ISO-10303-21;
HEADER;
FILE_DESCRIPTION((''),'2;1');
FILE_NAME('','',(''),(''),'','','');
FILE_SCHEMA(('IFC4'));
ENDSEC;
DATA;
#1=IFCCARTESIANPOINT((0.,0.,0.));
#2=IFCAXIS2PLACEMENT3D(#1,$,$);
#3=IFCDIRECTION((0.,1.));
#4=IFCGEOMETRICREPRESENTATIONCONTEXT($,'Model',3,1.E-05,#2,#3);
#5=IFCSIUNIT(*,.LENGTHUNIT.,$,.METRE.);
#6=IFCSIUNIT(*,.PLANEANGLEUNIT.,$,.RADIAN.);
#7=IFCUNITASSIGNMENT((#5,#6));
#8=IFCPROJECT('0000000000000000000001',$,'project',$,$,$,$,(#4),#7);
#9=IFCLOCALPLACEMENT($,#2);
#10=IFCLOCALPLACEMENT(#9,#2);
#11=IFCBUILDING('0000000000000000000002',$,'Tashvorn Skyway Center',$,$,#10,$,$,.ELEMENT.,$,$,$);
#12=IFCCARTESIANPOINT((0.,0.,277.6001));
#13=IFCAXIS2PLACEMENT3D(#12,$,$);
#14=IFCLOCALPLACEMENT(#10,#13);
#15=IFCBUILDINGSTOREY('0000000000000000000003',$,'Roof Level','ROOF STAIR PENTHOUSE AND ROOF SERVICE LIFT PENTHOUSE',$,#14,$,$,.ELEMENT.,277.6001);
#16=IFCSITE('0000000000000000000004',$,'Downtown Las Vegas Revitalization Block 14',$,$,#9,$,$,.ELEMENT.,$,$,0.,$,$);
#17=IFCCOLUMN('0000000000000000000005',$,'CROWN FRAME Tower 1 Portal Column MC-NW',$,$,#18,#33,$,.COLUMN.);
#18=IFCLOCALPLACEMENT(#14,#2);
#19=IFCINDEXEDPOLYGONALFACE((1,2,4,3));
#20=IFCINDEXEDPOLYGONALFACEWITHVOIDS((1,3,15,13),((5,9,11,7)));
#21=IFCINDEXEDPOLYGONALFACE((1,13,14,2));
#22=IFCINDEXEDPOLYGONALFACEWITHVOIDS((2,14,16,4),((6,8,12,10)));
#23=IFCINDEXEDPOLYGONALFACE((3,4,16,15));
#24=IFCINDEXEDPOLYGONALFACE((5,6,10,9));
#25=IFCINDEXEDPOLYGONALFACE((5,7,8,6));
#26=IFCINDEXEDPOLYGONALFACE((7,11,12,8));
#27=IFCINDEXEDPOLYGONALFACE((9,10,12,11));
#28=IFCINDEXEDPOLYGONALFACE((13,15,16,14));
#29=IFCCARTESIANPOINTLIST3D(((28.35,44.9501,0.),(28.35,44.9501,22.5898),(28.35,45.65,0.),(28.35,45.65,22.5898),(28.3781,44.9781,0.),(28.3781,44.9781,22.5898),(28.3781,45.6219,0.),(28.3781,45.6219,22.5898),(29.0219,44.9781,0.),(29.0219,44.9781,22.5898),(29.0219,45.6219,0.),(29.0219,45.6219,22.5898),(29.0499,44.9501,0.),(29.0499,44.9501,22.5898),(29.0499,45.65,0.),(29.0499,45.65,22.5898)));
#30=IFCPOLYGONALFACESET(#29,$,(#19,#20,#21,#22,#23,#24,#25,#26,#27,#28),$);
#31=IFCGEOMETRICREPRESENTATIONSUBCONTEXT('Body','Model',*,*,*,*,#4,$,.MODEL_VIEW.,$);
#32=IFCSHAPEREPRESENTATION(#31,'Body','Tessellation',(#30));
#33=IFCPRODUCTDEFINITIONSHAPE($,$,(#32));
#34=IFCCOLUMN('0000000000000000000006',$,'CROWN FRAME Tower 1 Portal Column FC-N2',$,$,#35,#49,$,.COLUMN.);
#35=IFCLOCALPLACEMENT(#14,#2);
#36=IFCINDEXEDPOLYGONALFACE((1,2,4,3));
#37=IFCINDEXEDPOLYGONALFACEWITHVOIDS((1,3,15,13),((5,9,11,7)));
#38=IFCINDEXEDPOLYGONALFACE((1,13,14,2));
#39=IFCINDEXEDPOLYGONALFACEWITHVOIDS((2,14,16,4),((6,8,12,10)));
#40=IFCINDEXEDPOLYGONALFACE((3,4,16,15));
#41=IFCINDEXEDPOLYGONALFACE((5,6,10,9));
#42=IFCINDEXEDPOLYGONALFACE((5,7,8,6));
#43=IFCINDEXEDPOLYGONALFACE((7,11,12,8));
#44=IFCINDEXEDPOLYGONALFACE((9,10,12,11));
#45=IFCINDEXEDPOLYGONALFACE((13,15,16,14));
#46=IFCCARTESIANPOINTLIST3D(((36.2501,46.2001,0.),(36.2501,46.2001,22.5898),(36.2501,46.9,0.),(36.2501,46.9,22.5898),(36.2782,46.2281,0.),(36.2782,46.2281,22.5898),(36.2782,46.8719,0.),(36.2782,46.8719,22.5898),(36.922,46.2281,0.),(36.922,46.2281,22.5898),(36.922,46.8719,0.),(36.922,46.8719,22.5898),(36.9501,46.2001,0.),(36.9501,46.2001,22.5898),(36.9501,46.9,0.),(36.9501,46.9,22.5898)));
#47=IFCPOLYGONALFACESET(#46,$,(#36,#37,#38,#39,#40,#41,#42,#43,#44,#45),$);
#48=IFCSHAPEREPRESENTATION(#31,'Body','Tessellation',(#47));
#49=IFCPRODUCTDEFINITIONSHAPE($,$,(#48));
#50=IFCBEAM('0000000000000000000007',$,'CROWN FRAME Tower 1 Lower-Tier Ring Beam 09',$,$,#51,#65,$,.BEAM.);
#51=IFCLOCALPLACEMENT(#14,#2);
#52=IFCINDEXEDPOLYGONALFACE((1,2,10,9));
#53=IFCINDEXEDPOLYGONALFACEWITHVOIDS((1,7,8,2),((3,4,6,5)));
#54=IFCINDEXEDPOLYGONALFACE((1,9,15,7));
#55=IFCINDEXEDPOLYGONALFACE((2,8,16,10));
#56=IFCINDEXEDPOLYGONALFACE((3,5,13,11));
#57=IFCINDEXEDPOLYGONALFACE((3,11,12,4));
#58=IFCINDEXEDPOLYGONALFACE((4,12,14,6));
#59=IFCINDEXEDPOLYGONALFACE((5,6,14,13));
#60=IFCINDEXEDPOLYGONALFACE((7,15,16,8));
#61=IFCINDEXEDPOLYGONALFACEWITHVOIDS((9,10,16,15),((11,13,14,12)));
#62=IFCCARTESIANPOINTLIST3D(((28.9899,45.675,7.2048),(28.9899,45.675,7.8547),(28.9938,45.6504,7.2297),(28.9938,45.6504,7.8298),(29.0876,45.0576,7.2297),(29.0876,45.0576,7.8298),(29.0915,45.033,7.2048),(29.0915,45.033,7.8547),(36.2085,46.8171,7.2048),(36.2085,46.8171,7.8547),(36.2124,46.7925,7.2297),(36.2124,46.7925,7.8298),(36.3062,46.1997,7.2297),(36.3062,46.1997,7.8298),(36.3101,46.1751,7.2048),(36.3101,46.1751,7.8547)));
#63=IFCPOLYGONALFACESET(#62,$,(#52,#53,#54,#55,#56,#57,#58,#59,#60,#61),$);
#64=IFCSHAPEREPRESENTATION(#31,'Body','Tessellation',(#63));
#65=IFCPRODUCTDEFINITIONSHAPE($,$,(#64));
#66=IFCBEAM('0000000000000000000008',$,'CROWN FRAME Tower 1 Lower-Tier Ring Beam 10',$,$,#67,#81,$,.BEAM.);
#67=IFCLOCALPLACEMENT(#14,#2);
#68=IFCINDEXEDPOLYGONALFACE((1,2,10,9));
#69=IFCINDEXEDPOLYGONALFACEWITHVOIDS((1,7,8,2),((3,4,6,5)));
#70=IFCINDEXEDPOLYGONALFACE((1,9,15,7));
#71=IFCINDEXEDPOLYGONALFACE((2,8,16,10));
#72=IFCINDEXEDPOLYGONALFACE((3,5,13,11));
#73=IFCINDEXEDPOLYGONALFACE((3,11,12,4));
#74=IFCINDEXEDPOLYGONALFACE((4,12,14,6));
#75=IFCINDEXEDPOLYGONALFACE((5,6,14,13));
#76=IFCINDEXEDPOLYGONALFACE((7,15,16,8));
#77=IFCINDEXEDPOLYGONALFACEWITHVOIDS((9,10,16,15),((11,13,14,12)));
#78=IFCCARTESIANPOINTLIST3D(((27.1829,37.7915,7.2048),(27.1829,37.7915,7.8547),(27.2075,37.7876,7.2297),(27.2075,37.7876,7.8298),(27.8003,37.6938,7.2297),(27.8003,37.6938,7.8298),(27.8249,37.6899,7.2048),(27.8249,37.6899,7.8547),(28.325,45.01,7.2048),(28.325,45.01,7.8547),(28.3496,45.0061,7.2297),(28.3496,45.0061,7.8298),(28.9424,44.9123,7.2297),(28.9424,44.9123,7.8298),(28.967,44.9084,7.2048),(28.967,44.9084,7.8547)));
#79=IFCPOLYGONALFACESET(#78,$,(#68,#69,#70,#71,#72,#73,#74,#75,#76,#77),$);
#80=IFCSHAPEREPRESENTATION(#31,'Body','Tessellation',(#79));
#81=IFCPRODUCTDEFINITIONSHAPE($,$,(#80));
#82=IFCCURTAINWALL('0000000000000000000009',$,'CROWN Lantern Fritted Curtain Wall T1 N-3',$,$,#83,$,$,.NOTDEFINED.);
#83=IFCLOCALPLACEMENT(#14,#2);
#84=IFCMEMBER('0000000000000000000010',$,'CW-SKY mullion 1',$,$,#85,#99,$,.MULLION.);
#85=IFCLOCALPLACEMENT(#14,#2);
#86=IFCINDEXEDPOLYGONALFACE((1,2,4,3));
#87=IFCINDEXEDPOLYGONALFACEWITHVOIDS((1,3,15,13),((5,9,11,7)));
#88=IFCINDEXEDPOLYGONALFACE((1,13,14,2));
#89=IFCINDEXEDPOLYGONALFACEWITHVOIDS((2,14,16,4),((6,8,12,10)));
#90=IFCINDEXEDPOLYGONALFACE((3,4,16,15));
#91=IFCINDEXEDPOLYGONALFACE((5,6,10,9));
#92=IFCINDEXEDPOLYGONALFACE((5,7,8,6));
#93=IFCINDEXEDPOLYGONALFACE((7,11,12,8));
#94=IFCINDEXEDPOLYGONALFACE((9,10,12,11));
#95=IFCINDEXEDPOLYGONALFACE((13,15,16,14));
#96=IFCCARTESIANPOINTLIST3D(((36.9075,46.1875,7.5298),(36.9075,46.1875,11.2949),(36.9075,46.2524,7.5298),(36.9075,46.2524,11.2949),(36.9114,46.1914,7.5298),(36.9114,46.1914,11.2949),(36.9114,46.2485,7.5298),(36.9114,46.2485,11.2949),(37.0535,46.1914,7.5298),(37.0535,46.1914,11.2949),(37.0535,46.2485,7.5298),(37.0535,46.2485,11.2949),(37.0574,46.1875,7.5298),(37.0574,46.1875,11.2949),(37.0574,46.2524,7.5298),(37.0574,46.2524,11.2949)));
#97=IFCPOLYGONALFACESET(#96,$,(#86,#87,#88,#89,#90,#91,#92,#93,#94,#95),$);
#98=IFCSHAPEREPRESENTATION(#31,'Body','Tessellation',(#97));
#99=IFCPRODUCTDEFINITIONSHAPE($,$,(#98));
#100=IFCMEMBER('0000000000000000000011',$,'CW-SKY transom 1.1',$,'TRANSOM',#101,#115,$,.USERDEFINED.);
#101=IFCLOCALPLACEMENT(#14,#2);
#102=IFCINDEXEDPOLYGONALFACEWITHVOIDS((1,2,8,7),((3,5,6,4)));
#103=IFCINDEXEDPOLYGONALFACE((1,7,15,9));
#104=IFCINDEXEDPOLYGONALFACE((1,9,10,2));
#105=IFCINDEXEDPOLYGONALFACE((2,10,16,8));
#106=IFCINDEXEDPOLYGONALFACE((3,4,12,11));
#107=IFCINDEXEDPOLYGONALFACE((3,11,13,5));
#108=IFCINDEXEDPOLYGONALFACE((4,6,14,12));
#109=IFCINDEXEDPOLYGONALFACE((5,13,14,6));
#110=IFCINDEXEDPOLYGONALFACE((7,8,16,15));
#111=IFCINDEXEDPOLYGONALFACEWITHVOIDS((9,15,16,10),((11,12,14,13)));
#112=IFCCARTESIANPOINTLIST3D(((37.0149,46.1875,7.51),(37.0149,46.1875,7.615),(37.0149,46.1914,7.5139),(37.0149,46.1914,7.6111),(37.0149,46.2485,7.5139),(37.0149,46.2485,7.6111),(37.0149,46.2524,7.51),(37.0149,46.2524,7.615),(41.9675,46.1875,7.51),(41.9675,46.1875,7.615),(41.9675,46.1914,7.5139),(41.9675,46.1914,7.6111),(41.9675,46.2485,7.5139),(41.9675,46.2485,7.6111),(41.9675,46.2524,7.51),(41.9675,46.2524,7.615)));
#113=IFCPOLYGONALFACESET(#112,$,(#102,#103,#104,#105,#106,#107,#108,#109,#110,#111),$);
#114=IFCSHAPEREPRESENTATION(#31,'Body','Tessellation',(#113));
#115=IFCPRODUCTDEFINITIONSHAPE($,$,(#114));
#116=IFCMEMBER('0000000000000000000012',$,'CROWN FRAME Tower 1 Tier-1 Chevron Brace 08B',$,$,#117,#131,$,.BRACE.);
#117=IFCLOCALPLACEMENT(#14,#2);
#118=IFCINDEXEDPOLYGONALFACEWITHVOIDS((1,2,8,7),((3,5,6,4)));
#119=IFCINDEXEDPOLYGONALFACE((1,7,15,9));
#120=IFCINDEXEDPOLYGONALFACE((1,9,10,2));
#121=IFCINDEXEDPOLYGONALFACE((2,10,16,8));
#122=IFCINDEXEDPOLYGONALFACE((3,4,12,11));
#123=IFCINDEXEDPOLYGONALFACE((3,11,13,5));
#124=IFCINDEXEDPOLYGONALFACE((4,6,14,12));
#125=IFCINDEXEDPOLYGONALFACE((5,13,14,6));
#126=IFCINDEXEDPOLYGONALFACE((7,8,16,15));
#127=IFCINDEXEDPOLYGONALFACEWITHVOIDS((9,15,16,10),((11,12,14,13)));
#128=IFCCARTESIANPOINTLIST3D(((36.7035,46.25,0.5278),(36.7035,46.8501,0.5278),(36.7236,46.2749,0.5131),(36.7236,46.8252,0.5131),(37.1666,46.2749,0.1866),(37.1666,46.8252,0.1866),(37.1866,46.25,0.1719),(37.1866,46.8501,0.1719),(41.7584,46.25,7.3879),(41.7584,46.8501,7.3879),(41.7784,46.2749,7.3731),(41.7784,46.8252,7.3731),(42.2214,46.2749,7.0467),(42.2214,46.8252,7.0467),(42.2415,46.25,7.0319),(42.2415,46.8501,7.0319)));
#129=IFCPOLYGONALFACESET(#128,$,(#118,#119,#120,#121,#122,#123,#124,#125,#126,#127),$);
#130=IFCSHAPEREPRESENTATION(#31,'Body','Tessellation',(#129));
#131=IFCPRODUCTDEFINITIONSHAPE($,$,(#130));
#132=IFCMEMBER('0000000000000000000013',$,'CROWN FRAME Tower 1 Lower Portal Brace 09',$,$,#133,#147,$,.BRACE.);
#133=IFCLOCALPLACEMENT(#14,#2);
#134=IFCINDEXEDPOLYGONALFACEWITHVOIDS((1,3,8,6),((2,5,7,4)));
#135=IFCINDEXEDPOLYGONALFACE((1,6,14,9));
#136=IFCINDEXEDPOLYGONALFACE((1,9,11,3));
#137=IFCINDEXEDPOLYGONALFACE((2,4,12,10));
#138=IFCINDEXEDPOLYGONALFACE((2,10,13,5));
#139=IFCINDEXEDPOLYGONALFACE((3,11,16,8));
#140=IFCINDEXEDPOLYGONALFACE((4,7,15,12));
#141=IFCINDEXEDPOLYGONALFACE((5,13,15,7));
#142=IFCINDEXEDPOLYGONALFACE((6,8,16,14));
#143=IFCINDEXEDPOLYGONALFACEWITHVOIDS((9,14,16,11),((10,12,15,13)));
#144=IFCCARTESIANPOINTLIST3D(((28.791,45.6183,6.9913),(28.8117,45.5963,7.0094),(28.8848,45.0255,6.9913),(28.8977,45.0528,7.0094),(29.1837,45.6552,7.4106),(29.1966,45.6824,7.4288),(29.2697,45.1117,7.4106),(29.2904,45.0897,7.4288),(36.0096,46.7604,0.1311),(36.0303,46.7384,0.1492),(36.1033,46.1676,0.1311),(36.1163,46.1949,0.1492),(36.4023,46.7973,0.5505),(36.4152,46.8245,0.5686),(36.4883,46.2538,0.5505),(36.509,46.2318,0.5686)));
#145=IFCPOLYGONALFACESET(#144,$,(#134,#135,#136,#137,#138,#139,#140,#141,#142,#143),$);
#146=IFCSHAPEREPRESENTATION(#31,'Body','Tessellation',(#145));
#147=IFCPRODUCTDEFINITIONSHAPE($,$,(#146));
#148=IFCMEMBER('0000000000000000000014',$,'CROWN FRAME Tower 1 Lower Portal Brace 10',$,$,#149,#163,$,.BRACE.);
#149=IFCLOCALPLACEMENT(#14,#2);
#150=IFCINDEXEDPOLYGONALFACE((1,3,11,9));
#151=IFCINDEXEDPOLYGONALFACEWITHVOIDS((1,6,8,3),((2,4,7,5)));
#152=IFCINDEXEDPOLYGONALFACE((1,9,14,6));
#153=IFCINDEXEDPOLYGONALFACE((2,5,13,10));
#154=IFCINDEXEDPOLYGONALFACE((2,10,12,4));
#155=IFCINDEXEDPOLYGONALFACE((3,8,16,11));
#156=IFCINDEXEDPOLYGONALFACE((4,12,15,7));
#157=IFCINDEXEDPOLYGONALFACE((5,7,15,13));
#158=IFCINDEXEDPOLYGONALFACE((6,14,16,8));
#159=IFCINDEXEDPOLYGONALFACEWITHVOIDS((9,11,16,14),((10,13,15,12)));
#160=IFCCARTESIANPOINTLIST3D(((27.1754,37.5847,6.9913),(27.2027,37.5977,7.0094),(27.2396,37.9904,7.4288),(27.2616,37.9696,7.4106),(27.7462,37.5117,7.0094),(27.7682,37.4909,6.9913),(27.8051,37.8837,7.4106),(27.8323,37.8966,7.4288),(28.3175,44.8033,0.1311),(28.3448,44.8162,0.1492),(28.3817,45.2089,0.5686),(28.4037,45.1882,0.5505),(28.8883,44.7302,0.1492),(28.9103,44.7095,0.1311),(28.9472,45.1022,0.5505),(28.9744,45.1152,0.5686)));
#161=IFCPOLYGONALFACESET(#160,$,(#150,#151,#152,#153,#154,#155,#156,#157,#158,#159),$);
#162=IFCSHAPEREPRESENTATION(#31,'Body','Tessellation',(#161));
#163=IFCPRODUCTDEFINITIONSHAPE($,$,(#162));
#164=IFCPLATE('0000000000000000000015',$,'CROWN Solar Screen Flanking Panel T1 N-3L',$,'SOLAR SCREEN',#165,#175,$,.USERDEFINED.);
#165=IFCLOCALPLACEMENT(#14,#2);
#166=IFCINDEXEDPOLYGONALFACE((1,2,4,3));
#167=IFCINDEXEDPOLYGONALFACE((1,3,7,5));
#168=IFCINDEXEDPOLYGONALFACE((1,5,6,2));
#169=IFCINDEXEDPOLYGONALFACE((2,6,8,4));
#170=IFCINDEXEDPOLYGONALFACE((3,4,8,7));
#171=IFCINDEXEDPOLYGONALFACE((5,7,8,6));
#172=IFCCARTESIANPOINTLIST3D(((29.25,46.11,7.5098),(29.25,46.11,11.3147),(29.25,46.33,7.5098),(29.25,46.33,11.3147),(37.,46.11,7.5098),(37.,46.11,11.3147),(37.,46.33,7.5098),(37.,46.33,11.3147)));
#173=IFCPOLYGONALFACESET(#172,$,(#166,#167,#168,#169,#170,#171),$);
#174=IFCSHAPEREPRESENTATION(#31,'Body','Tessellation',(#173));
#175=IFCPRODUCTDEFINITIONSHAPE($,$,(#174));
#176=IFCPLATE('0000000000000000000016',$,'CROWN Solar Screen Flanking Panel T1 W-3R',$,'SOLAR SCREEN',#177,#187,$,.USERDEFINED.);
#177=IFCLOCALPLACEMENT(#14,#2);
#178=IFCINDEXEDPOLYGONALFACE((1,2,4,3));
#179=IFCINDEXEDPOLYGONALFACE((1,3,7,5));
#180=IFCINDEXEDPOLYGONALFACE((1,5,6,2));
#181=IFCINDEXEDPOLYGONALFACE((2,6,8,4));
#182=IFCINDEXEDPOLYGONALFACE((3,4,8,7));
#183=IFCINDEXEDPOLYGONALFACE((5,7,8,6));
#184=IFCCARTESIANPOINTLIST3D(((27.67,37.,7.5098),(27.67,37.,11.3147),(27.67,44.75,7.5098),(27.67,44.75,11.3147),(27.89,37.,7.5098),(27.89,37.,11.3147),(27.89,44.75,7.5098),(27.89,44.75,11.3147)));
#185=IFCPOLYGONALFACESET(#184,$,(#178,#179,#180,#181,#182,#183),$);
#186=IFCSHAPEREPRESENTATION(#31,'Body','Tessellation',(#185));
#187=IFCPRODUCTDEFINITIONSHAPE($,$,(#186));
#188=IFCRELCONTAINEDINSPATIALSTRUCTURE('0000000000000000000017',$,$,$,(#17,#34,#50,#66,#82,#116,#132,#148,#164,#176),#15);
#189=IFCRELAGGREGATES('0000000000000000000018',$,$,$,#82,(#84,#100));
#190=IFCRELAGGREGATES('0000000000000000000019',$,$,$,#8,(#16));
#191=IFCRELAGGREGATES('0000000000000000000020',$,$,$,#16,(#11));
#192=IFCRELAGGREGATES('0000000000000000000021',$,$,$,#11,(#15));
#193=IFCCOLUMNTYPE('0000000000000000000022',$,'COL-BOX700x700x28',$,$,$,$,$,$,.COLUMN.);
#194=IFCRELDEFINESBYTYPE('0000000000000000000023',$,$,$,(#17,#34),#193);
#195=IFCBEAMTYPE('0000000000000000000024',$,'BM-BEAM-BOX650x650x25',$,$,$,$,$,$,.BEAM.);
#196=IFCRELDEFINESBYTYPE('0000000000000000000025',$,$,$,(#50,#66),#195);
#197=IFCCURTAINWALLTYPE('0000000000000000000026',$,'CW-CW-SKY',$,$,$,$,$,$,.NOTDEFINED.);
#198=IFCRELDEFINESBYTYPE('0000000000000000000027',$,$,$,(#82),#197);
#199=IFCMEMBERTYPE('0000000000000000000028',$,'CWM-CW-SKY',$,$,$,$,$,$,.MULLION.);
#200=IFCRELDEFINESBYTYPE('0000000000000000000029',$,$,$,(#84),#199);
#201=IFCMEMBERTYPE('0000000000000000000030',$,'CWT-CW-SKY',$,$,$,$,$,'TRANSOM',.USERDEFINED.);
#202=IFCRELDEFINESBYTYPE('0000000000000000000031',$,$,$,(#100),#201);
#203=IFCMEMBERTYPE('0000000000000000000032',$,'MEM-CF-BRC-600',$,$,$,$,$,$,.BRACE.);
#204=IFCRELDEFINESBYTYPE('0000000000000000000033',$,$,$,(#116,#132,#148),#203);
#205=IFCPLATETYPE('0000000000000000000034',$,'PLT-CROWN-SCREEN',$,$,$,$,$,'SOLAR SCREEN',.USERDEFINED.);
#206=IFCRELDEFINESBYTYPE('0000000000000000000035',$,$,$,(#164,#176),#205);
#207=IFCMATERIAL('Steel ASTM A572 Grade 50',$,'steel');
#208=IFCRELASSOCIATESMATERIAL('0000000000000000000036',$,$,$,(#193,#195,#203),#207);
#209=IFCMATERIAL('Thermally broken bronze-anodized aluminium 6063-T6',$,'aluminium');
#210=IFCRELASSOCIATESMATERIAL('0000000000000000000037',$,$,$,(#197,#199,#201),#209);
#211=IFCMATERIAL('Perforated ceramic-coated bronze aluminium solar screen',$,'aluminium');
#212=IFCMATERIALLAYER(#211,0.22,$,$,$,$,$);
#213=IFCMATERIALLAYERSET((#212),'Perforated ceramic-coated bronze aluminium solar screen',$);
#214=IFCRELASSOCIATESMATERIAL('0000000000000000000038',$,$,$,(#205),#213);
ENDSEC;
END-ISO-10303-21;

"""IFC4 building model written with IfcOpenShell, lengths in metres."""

from ifc_helpers import new_model, si_unit, direction, frame, origin, origin_2d, place, context, subcontext, project, spatial, rectangle, hollow_rectangle, extrude, material, layer, layer_set, material_profile, profile_set, type_object, element, aggregate, save


model = new_model("IFC4")

# Units and contexts
model_context = context("Model", 3, precision=1e-05, world=origin(), true_north=direction((0.0, 1.0)))
body_context = subcontext(model_context, "Body", "Model", "MODEL_VIEW")
ifc_project = project(units=[si_unit("LENGTHUNIT", "METRE"), si_unit("PLANEANGLEUNIT", "RADIAN")], contexts=[model_context])

# Site, building, storey
site_placement = place(None, origin())
site = spatial("IfcSite", under=ifc_project, at=site_placement, Name="Downtown Las Vegas Revitalization Block 14", CompositionType="ELEMENT", RefElevation=0.0)
building_placement = place(site_placement, origin())
building = spatial("IfcBuilding", under=site, at=building_placement, Name="Tashvorn Skyway Center", CompositionType="ELEMENT")
storey_placement = place(building_placement, frame((0.0, 0.0, 277.6001)))
storey = spatial("IfcBuildingStorey", under=building, at=storey_placement, Name="Roof Level", Description="ROOF STAIR PENTHOUSE AND ROOF SERVICE LIFT PENTHOUSE", CompositionType="ELEMENT", Elevation=277.6001)

# Columns
ifc_material_1 = material(Name="Steel ASTM A572 Grade 50", Category="steel")
ifc_material_profile_1 = material_profile(ifc_material_1, hollow_rectangle(XDim=0.7, YDim=0.7, WallThickness=0.0281, at=origin_2d()), Name="BOX700x700x28")
ifc_profile_set_1 = profile_set([ifc_material_profile_1], Name="Steel ASTM A572 Grade 50")
column_type = type_object("IfcColumnType", Name="COL-BOX700x700x28", PredefinedType="COLUMN", material=ifc_profile_set_1)
for number, where, z_axis, x_axis, name in (
    (1, (28.7, 45.3, 0.0), (0.0, 0.0, 1.0), (1.0, 0.0, 0.0), "CROWN FRAME Tower 1 Portal Column MC-NW"),
    (2, (36.6001, 46.55, 0.0), (0.0, 0.0, 1.0), (1.0, 0.0, 0.0), "CROWN FRAME Tower 1 Portal Column FC-N2"),
):
    element("IfcColumn", number, at=place(storey_placement, frame(where, z_axis=z_axis, x_axis=x_axis)), inside=storey, type_object=column_type, Name=name, PredefinedType="COLUMN", context=body_context, shape_type="SweptSolid", body=[
        extrude(hollow_rectangle(XDim=0.7, YDim=0.7, WallThickness=0.0281, at=origin_2d()), origin(), (0.0, 0.0, 1.0), 22.5898),
    ])

# Beams
ifc_material_profile_2 = material_profile(ifc_material_1, hollow_rectangle(XDim=0.6499, YDim=0.6499, WallThickness=0.0249, at=origin_2d()), Name="BOX650x650x25")
ifc_profile_set_2 = profile_set([ifc_material_profile_2], Name="Steel ASTM A572 Grade 50")
beam_type = type_object("IfcBeamType", Name="BM-BEAM-BOX650x650x25", PredefinedType="BEAM", material=ifc_profile_set_2)
for number, where, z_axis, x_axis, name in (
    (3, (36.2593, 46.4961, 7.5298), (-0.987714, -0.156273, 0.0), (0.156273, -0.987714, 0.0), "CROWN FRAME Tower 1 Lower-Tier Ring Beam 09"),
    (4, (28.646, 44.9592, 7.5298), (-0.156273, -0.987714, 0.0), (0.987714, -0.156273, 0.0), "CROWN FRAME Tower 1 Lower-Tier Ring Beam 10"),
):
    element("IfcBeam", number, at=place(storey_placement, frame(where, z_axis=z_axis, x_axis=x_axis)), inside=storey, type_object=beam_type, Name=name, PredefinedType="BEAM", context=body_context, shape_type="SweptSolid", body=[
        extrude(hollow_rectangle(XDim=0.6499, YDim=0.6499, WallThickness=0.0249, at=origin_2d()), origin(), (0.0, 0.0, 1.0), 7.3083),
    ])

# Curtain wall, members
ifc_material_2 = material(Name="Thermally broken bronze-anodized aluminium 6063-T6", Category="aluminium")
curtain_wall_type = type_object("IfcCurtainWallType", Name="CW-CW-SKY", PredefinedType="NOTDEFINED", material=ifc_material_2)
curtain_wall_placement = place(storey_placement, origin())
curtain_wall = element("IfcCurtainWall", 5, at=curtain_wall_placement, inside=storey, type_object=curtain_wall_type, Name="CROWN Lantern Fritted Curtain Wall T1 N-3", PredefinedType="NOTDEFINED")
ifc_material_profile_3 = material_profile(ifc_material_2, hollow_rectangle(XDim=0.0649, YDim=0.1499, WallThickness=0.0039, at=origin_2d()), Name="ALU-MULL-65x150")
ifc_profile_set_3 = profile_set([ifc_material_profile_3], Name="Thermally broken bronze-anodized aluminium 6063-T6")
member_type_1 = type_object("IfcMemberType", Name="CWM-CW-SKY", PredefinedType="MULLION", material=ifc_profile_set_3)
member_1_placement = place(storey_placement, frame((36.9824, 46.22, 7.5298), z_axis=(0.0, 0.0, 1.0), x_axis=(0.0, 1.0, 0.0)))
member_1 = element("IfcMember", 6, at=member_1_placement, type_object=member_type_1, Name="CW-SKY mullion 1", PredefinedType="MULLION", context=body_context, shape_type="SweptSolid", body=[
    extrude(hollow_rectangle(XDim=0.0649, YDim=0.1499, WallThickness=0.0039, at=origin_2d()), origin(), (0.0, 0.0, 1.0), 3.7651),
])
ifc_material_profile_4 = material_profile(ifc_material_2, hollow_rectangle(XDim=0.0649, YDim=0.105, WallThickness=0.0039, at=origin_2d()), Name="ALU-TRAN-65x105")
ifc_profile_set_4 = profile_set([ifc_material_profile_4], Name="Thermally broken bronze-anodized aluminium 6063-T6")
member_type_2 = type_object("IfcMemberType", Name="CWT-CW-SKY", ElementType="TRANSOM", PredefinedType="USERDEFINED", material=ifc_profile_set_4)
member_2_placement = place(storey_placement, frame((37.0149, 46.22, 7.5625), z_axis=(1.0, 0.0, 0.0), x_axis=(0.0, 1.0, 0.0)))
member_2 = element("IfcMember", 7, at=member_2_placement, type_object=member_type_2, Name="CW-SKY transom 1.1", ObjectType="TRANSOM", PredefinedType="USERDEFINED", context=body_context, shape_type="SweptSolid", body=[
    extrude(hollow_rectangle(XDim=0.0649, YDim=0.105, WallThickness=0.0039, at=origin_2d()), origin(), (0.0, 0.0, 1.0), 4.9526),
])
aggregate(curtain_wall, [member_1, member_2])

# Members
ifc_material_profile_5 = material_profile(ifc_material_1, hollow_rectangle(XDim=0.6001, YDim=0.6001, WallThickness=0.0249, at=origin_2d()), Name="BOX600x600x25")
ifc_profile_set_5 = profile_set([ifc_material_profile_5], Name="Steel ASTM A572 Grade 50")
member_type_3 = type_object("IfcMemberType", Name="MEM-CF-BRC-600", PredefinedType="BRACE", material=ifc_profile_set_5)
member_3_placement = place(storey_placement, frame((36.9451, 46.55, 0.3499), z_axis=(0.593208, 0.0, 0.805049), x_axis=(0.0, 1.0, 0.0)))
element("IfcMember", 8, at=member_3_placement, inside=storey, type_object=member_type_3, Name="CROWN FRAME Tower 1 Tier-1 Chevron Brace 08B", PredefinedType="BRACE", context=body_context, shape_type="SweptSolid", body=[
    extrude(hollow_rectangle(XDim=0.6001, YDim=0.6001, WallThickness=0.0249, at=origin_2d()), origin(), (0.0, 0.0, 1.0), 8.5212),
])
for number, where, z_axis, x_axis, name in (
    (9, (36.2593, 46.4961, 0.3499), (-0.720152, -0.11394, 0.684397), (0.156273, -0.987714, 0.0), "CROWN FRAME Tower 1 Lower Portal Brace 09"),
    (10, (28.646, 44.9592, 0.3499), (-0.11394, -0.720152, 0.684397), (0.987714, -0.156273, 0.0), "CROWN FRAME Tower 1 Lower Portal Brace 10"),
):
    element("IfcMember", number, at=place(storey_placement, frame(where, z_axis=z_axis, x_axis=x_axis)), inside=storey, type_object=member_type_3, Name=name, PredefinedType="BRACE", context=body_context, shape_type="SweptSolid", body=[
        extrude(hollow_rectangle(XDim=0.6001, YDim=0.6001, WallThickness=0.0249, at=origin_2d()), origin(), (0.0, 0.0, 1.0), 10.0237),
    ])

# Plates
ifc_material_3 = material(Name="Perforated ceramic-coated bronze aluminium solar screen", Category="aluminium")
ifc_layer_1 = layer(ifc_material_3, 0.22)
ifc_layer_set_1 = layer_set([ifc_layer_1], Name="Perforated ceramic-coated bronze aluminium solar screen")
plate_type = type_object("IfcPlateType", Name="PLT-CROWN-SCREEN", ElementType="SOLAR SCREEN", PredefinedType="USERDEFINED", material=ifc_layer_set_1)
for number, where, z_axis, x_axis, name in (
    (11, (33.125, 46.22, 7.5098), (0.0, 0.0, 1.0), (-1.0, 0.0, 0.0), "CROWN Solar Screen Flanking Panel T1 N-3L"),
    (12, (27.78, 40.875, 7.5098), (0.0, 0.0, 1.0), (0.0, -1.0, 0.0), "CROWN Solar Screen Flanking Panel T1 W-3R"),
):
    element("IfcPlate", number, at=place(storey_placement, frame(where, z_axis=z_axis, x_axis=x_axis)), inside=storey, type_object=plate_type, Name=name, ObjectType="SOLAR SCREEN", PredefinedType="USERDEFINED", context=body_context, shape_type="SweptSolid", body=[
        extrude(rectangle(XDim=7.75, YDim=0.22, at=origin_2d()), origin(), (0.0, 0.0, 1.0), 3.8049),
    ])

save(model, "model.ifc")
